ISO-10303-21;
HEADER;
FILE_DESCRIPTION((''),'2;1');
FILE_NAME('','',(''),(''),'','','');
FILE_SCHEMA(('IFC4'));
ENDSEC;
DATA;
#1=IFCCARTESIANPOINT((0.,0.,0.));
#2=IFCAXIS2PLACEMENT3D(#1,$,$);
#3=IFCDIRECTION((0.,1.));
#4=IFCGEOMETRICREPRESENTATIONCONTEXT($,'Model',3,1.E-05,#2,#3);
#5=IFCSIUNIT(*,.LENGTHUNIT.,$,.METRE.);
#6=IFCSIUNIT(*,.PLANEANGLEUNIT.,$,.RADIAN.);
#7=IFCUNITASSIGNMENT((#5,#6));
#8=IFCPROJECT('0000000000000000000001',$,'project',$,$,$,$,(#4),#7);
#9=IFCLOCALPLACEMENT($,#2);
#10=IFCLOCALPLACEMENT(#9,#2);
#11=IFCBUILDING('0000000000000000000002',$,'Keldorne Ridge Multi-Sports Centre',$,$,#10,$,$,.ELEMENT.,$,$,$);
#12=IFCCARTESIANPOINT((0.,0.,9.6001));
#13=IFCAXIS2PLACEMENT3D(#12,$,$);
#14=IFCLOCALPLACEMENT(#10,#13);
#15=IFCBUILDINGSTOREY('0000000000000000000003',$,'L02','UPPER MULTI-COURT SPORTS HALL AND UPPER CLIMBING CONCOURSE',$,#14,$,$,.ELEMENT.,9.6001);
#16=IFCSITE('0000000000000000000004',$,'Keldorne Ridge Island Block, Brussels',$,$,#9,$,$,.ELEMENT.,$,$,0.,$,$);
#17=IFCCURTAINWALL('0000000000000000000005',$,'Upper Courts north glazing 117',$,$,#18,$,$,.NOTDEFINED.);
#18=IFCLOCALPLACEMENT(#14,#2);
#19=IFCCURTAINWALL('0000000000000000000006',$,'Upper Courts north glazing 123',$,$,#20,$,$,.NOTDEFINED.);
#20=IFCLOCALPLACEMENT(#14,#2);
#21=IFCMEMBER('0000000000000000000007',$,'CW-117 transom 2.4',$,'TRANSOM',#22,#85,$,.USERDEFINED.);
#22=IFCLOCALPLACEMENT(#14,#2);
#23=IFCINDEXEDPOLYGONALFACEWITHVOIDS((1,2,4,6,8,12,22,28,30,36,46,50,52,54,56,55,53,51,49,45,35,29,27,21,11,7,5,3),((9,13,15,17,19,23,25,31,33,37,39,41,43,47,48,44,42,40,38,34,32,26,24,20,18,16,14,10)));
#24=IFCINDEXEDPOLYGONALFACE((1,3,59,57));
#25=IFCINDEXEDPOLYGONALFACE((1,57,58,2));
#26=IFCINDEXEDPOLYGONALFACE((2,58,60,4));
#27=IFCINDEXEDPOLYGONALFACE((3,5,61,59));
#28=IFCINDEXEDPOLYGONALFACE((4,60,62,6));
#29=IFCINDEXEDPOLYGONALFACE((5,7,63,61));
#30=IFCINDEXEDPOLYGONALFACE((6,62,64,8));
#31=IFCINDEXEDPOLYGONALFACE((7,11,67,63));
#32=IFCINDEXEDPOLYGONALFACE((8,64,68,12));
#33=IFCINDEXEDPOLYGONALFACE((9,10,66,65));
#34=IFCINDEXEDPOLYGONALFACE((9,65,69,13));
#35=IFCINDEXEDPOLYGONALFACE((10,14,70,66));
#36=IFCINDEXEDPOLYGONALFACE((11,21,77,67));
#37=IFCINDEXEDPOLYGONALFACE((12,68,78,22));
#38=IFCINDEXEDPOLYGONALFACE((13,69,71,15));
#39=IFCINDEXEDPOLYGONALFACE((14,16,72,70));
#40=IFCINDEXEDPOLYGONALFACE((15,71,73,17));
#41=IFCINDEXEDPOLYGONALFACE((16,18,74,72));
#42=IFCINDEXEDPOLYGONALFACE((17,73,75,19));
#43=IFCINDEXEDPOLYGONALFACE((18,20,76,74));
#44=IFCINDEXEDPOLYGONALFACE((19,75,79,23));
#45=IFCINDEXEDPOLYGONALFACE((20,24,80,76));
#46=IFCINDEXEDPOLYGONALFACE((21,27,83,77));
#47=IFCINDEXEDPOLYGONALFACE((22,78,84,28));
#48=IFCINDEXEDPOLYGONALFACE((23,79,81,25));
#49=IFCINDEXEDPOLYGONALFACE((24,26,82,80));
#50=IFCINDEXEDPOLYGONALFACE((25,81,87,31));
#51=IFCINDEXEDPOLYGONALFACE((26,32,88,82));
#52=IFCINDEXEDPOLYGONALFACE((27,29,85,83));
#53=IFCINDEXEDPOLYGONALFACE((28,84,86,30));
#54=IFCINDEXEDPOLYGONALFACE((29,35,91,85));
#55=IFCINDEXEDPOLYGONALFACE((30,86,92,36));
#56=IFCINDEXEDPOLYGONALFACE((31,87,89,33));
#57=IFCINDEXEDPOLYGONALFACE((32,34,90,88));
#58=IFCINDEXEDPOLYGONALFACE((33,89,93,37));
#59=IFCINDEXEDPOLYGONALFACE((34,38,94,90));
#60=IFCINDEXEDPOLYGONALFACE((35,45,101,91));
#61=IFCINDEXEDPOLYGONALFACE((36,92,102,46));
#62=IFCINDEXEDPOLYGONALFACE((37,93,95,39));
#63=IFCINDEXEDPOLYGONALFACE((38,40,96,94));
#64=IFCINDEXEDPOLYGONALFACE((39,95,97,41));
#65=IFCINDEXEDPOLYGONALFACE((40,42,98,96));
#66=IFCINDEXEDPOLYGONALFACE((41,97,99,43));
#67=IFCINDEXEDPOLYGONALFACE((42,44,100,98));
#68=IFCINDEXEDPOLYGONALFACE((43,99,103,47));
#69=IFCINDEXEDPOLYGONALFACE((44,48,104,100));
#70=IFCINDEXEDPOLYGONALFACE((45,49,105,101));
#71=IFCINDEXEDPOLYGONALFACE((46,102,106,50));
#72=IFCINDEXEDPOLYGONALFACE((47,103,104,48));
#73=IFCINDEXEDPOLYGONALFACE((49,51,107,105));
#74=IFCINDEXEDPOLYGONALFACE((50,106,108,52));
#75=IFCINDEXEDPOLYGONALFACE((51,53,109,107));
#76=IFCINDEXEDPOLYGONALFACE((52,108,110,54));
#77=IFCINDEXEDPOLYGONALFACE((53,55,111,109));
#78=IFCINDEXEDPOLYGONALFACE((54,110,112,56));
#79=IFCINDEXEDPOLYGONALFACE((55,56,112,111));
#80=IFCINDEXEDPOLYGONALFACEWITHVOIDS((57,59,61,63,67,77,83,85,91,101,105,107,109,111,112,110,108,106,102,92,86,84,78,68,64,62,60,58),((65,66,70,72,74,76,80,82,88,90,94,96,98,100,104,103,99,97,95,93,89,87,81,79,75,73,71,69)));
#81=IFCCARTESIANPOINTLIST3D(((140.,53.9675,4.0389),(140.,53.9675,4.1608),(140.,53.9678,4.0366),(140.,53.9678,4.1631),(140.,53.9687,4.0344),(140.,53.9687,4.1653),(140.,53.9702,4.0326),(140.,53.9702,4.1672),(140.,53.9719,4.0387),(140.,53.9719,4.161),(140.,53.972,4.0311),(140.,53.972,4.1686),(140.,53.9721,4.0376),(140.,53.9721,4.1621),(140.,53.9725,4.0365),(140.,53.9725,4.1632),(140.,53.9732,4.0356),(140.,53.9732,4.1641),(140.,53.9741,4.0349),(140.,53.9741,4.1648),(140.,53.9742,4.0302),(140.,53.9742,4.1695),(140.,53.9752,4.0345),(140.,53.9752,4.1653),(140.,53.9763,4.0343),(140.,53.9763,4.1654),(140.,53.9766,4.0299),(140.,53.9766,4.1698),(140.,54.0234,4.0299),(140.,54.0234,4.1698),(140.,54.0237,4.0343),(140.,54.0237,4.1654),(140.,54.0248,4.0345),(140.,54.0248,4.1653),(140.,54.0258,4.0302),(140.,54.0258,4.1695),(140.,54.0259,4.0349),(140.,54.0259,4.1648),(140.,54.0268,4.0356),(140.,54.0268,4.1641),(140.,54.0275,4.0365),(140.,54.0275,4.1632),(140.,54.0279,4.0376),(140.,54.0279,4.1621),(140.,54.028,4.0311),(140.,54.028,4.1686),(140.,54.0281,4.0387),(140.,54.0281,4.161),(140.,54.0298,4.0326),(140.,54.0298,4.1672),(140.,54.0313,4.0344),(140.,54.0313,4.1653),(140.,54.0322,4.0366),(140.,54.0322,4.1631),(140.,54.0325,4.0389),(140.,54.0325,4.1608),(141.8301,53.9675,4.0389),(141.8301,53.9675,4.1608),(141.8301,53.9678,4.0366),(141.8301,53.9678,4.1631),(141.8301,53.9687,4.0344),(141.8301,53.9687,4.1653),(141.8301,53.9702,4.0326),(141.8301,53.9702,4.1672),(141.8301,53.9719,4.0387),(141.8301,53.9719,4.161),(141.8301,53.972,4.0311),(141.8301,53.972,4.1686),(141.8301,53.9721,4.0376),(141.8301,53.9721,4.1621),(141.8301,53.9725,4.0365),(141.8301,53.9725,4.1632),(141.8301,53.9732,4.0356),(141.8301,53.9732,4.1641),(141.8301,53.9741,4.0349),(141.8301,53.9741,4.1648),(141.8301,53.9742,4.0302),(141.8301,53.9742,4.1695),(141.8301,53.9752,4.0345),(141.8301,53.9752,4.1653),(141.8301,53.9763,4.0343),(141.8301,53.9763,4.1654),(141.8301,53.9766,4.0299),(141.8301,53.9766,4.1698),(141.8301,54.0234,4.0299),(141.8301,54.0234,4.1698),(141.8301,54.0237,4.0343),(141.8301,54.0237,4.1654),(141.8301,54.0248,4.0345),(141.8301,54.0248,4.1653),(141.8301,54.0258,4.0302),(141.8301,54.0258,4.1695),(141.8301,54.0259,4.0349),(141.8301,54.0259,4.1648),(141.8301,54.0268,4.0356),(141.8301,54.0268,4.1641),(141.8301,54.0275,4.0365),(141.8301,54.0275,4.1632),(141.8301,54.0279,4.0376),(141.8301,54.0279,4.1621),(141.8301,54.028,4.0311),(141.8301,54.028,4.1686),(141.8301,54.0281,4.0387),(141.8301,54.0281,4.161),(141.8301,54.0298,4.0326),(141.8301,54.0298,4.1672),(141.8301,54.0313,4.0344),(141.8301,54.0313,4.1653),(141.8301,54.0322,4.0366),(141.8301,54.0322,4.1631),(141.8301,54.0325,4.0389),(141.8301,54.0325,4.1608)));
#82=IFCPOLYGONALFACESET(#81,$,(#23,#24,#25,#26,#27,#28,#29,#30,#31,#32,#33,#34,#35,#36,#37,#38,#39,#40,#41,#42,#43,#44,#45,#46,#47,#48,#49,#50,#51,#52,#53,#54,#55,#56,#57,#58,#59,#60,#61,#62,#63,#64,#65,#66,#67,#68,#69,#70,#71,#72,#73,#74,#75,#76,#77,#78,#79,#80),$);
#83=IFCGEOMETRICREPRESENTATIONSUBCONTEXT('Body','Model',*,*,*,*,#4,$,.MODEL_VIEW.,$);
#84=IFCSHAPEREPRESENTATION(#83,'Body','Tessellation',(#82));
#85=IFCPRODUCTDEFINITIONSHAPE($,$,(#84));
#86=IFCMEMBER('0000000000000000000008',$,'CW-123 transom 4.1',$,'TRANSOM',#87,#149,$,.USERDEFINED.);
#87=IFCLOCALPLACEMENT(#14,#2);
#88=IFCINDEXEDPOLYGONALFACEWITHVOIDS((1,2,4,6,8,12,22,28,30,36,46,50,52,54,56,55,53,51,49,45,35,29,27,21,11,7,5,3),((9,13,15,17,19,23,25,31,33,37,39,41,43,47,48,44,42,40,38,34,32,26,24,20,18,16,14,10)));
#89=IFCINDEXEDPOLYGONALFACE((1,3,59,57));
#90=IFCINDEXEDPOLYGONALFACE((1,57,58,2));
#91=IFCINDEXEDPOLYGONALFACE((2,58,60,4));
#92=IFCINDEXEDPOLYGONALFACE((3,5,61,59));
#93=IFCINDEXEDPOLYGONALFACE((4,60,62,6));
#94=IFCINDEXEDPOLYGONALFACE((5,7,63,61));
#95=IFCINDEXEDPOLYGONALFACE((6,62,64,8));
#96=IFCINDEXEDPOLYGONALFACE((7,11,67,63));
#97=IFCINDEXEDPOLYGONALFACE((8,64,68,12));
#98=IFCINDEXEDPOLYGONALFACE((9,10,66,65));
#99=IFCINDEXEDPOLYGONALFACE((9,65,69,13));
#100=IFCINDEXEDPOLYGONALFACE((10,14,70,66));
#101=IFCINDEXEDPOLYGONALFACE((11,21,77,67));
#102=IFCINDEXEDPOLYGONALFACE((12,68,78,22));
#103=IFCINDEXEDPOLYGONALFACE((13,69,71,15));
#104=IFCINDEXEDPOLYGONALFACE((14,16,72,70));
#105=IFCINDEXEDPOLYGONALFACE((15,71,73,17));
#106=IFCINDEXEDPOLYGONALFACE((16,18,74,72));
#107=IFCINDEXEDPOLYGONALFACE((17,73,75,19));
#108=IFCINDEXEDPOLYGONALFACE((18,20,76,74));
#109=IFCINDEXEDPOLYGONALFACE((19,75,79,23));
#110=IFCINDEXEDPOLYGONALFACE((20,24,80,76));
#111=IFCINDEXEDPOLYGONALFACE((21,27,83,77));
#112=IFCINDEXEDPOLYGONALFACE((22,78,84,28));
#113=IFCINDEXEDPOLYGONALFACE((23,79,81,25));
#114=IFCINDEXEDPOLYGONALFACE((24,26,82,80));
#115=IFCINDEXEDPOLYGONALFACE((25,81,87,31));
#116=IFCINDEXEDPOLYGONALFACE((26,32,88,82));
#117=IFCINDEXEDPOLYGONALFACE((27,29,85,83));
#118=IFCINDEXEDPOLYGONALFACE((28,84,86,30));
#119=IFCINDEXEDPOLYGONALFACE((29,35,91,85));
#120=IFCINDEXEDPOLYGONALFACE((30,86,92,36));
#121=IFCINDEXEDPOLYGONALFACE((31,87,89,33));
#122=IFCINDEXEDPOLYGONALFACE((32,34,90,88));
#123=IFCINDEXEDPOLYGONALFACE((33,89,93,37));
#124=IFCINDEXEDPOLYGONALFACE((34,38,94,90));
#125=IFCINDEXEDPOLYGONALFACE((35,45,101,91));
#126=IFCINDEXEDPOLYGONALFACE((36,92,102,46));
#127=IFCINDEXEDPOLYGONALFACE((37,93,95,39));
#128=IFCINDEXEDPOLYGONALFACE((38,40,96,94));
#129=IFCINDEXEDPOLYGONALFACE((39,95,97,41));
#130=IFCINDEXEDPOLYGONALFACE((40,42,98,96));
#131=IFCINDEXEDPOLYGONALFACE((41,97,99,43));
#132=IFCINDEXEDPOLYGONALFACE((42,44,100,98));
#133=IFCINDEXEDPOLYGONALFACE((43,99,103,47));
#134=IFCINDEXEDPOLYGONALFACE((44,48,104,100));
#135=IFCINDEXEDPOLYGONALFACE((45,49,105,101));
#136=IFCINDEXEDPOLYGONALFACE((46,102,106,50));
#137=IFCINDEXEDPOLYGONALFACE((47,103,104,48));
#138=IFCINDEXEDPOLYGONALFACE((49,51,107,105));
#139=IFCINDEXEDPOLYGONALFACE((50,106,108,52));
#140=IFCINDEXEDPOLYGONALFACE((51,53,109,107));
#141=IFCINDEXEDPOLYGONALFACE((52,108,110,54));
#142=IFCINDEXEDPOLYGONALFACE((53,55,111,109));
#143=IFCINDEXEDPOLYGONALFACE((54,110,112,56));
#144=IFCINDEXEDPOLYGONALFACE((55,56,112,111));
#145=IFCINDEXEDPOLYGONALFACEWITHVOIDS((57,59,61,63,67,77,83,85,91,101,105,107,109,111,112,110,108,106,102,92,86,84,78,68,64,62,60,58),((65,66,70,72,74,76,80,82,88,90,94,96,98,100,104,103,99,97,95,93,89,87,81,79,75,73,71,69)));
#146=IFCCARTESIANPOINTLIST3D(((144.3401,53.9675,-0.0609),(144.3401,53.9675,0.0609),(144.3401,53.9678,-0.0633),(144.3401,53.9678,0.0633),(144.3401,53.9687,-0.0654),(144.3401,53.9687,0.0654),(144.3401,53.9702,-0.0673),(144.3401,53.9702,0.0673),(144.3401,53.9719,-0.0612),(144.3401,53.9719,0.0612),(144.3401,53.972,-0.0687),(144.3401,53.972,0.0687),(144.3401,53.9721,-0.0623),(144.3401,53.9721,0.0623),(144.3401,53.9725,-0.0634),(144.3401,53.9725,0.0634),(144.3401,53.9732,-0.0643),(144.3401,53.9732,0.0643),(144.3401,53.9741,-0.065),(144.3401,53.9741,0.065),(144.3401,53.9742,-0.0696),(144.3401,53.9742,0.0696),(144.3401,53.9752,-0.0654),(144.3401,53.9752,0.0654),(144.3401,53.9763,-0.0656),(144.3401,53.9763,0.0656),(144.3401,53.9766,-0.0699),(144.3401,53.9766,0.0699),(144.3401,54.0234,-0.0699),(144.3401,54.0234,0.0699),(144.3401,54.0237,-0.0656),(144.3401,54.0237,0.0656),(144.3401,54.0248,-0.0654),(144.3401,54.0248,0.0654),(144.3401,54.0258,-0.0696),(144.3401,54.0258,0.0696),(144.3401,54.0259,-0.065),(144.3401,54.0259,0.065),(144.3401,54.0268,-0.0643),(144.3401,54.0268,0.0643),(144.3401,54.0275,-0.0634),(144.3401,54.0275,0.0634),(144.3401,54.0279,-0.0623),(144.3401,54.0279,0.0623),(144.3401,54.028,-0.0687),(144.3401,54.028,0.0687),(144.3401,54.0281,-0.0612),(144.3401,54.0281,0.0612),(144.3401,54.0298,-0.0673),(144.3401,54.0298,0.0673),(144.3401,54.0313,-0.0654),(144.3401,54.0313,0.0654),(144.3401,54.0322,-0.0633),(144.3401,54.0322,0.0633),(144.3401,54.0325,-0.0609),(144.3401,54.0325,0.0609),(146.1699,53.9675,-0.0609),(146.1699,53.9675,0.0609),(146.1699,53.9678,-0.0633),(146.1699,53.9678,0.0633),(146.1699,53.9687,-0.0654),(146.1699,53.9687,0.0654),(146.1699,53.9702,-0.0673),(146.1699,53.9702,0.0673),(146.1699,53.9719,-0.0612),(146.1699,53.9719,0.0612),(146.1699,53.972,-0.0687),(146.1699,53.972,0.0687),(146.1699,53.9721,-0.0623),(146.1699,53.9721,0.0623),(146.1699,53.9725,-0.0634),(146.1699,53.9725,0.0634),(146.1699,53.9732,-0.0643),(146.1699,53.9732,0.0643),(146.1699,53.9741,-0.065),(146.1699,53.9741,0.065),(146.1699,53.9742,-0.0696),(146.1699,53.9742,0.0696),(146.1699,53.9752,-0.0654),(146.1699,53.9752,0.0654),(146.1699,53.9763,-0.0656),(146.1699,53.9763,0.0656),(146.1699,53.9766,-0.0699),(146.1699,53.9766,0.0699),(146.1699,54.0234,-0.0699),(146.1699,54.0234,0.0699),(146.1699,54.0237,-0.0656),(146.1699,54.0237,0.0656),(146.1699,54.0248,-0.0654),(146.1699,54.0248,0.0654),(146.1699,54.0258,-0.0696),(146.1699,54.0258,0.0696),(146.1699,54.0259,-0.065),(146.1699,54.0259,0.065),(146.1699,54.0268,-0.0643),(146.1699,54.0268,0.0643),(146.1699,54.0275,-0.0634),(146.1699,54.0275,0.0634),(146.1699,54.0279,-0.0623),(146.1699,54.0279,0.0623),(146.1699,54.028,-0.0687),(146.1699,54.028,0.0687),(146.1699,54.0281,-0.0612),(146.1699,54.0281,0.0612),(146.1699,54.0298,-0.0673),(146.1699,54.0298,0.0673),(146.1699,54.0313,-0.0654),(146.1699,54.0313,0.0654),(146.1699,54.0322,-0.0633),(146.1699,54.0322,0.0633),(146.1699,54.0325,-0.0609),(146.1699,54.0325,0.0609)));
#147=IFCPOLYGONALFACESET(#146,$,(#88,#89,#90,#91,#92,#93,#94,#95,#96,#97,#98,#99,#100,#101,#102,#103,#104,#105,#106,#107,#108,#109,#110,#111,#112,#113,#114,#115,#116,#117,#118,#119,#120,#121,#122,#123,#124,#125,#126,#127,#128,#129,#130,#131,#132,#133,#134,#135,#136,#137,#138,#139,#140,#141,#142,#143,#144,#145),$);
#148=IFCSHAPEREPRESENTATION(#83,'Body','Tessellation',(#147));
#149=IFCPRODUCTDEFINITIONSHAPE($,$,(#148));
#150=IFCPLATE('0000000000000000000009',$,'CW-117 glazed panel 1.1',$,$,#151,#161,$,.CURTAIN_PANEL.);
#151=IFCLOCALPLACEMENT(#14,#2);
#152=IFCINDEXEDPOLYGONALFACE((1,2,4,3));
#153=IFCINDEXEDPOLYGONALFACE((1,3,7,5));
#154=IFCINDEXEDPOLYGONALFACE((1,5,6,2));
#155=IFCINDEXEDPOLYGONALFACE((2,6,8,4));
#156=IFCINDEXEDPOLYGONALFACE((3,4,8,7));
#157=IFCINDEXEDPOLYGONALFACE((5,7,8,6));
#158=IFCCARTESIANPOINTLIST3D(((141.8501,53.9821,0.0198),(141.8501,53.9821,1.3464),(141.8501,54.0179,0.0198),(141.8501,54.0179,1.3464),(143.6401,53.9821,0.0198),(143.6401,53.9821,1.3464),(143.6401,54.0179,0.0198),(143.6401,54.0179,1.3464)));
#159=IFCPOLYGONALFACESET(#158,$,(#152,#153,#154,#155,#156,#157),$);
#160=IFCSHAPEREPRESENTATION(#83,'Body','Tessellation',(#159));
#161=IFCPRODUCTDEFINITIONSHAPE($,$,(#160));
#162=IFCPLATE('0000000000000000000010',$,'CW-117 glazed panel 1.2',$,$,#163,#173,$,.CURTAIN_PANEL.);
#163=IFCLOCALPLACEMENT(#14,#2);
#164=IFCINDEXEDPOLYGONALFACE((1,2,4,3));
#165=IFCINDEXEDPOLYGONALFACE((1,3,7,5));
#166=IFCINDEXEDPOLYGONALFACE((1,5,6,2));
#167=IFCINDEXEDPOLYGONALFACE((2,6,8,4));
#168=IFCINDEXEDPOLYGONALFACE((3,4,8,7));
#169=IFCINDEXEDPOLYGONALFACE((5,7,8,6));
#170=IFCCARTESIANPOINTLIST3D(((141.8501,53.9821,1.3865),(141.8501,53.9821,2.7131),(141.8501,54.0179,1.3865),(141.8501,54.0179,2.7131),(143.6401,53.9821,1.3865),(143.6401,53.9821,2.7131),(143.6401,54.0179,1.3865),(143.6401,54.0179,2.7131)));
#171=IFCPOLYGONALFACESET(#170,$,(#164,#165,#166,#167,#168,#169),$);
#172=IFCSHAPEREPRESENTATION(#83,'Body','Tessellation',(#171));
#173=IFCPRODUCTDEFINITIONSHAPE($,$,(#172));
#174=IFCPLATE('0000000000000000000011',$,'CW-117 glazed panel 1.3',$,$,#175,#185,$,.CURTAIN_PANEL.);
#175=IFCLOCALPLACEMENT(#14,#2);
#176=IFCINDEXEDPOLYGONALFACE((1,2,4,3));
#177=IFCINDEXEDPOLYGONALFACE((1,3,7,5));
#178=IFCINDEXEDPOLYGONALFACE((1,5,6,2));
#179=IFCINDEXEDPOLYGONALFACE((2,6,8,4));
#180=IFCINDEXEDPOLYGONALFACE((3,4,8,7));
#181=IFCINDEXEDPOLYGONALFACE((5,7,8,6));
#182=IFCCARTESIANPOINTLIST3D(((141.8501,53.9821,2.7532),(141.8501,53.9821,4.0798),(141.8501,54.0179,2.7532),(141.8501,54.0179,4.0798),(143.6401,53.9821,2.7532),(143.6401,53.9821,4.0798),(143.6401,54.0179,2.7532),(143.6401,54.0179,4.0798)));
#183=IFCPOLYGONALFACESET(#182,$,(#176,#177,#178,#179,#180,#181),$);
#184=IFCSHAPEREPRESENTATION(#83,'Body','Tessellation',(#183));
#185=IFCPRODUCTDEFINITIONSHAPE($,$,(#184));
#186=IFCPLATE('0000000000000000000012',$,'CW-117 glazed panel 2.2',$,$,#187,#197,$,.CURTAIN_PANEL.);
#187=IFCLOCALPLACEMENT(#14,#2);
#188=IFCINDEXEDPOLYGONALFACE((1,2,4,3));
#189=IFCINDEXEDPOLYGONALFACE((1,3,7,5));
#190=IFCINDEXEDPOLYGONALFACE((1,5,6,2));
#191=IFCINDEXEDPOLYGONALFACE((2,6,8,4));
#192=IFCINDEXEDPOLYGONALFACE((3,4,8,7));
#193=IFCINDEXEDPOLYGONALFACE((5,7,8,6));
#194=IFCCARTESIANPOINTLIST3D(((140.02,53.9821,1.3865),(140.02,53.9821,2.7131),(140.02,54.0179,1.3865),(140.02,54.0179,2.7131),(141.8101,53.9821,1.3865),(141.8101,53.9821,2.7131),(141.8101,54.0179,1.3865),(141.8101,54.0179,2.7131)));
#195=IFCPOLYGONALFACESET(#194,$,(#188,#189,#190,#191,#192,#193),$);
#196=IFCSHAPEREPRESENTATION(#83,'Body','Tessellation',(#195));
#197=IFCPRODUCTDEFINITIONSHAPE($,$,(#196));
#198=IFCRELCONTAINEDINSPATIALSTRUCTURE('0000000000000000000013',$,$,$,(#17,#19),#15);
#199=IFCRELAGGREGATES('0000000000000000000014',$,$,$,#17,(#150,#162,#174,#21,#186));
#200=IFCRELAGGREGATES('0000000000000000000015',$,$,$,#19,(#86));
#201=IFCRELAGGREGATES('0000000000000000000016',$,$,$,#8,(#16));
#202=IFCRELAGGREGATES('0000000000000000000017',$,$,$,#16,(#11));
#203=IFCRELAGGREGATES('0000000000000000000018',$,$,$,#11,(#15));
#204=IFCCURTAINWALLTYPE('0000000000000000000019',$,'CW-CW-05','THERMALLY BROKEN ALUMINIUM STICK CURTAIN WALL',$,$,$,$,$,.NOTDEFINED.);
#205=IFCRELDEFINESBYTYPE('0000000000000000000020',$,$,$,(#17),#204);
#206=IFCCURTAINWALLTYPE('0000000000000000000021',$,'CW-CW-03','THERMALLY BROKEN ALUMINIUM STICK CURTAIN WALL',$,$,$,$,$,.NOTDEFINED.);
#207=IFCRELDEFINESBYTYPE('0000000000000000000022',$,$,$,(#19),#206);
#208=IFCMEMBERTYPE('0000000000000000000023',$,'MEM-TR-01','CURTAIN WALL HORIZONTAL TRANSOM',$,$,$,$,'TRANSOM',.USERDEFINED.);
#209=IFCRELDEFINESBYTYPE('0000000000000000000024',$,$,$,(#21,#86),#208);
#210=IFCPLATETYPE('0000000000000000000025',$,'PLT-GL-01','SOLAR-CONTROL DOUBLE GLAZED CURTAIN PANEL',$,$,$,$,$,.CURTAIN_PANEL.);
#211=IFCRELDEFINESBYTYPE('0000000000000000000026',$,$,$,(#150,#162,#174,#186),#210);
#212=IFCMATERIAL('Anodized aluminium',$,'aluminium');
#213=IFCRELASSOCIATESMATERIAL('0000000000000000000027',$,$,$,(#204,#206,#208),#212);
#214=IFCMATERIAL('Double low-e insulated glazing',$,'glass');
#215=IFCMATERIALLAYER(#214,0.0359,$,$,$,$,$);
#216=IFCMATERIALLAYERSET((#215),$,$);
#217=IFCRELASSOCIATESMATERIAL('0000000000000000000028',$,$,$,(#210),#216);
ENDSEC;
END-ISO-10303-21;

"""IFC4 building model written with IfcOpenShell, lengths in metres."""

from ifc_helpers import new_model, si_unit, direction, frame, origin, origin_2d, place, context, subcontext, project, spatial, rectangle, hollow_rectangle, extrude, material, layer, layer_set, material_profile, profile_set, type_object, element, aggregate, save


model = new_model("IFC4")

# Units and contexts
model_context = context("Model", 3, precision=1e-05, world=origin(), true_north=direction((0.0, 1.0)))
body_context = subcontext(model_context, "Body", "Model", "MODEL_VIEW")
ifc_project = project(units=[si_unit("LENGTHUNIT", "METRE"), si_unit("PLANEANGLEUNIT", "RADIAN")], contexts=[model_context])

# Site, building, storey
site_placement = place(None, origin())
site = spatial("IfcSite", under=ifc_project, at=site_placement, Name="Keldorne Ridge Island Block, Brussels", CompositionType="ELEMENT", RefElevation=0.0)
building_placement = place(site_placement, origin())
building = spatial("IfcBuilding", under=site, at=building_placement, Name="Keldorne Ridge Multi-Sports Centre", CompositionType="ELEMENT")
storey_placement = place(building_placement, frame((0.0, 0.0, 9.6001)))
storey = spatial("IfcBuildingStorey", under=building, at=storey_placement, Name="L02", Description="UPPER MULTI-COURT SPORTS HALL AND UPPER CLIMBING CONCOURSE", CompositionType="ELEMENT", Elevation=9.6001)

# Curtain walls
ifc_material_1 = material(Name="Anodized aluminium", Category="aluminium")
curtain_wall_type_1 = type_object("IfcCurtainWallType", Name="CW-CW-05", Description="THERMALLY BROKEN ALUMINIUM STICK CURTAIN WALL", PredefinedType="NOTDEFINED", material=ifc_material_1)
curtain_wall_1_placement = place(storey_placement, origin())
curtain_wall_1 = element("IfcCurtainWall", 1, at=curtain_wall_1_placement, inside=storey, type_object=curtain_wall_type_1, Name="Upper Courts north glazing 117", PredefinedType="NOTDEFINED")
curtain_wall_type_2 = type_object("IfcCurtainWallType", Name="CW-CW-03", Description="THERMALLY BROKEN ALUMINIUM STICK CURTAIN WALL", PredefinedType="NOTDEFINED", material=ifc_material_1)
curtain_wall_2_placement = place(storey_placement, origin())
curtain_wall_2 = element("IfcCurtainWall", 2, at=curtain_wall_2_placement, inside=storey, type_object=curtain_wall_type_2, Name="Upper Courts north glazing 123", PredefinedType="NOTDEFINED")

# Members
ifc_material_profile_1 = material_profile(ifc_material_1, hollow_rectangle(XDim=0.0649, YDim=0.1399, WallThickness=0.0044, InnerFilletRadius=0.0044, OuterFilletRadius=0.009, at=origin_2d()), Name="ALU TRANSOM 140x65x4.5")
ifc_profile_set_1 = profile_set([ifc_material_profile_1], Name="Anodized aluminium")
member_type_1 = type_object("IfcMemberType", Name="MEM-TR-01", Description="CURTAIN WALL HORIZONTAL TRANSOM", ElementType="TRANSOM", PredefinedType="USERDEFINED", material=ifc_profile_set_1)
member_1_placement = place(storey_placement, frame((141.8301, 54.0, 4.0999), z_axis=(-1.0, 0.0, 0.0), x_axis=(0.0, -1.0, 0.0)))
member_1 = element("IfcMember", 3, at=member_1_placement, type_object=member_type_1, Name="CW-117 transom 2.4", ObjectType="TRANSOM", PredefinedType="USERDEFINED", context=body_context, shape_type="SweptSolid", body=[
    extrude(hollow_rectangle(XDim=0.0649, YDim=0.1399, WallThickness=0.0044, InnerFilletRadius=0.0044, OuterFilletRadius=0.009, at=origin_2d()), origin(), (0.0, 0.0, 1.0), 1.8301),
])
member_2_placement = place(storey_placement, frame((146.1699, 54.0, 0.0), z_axis=(-1.0, 0.0, 0.0), x_axis=(0.0, -1.0, 0.0)))
member_2 = element("IfcMember", 4, at=member_2_placement, type_object=member_type_1, Name="CW-123 transom 4.1", ObjectType="TRANSOM", PredefinedType="USERDEFINED", context=body_context, shape_type="SweptSolid", body=[
    extrude(hollow_rectangle(XDim=0.0649, YDim=0.1399, WallThickness=0.0044, InnerFilletRadius=0.0044, OuterFilletRadius=0.009, at=origin_2d()), origin(), (0.0, 0.0, 1.0), 1.8298),
])

# Plates
ifc_material_2 = material(Name="Double low-e insulated glazing", Category="glass")
ifc_layer = layer(ifc_material_2, 0.0359)
ifc_layer_set = layer_set([ifc_layer])
plate_type = type_object("IfcPlateType", Name="PLT-GL-01", Description="SOLAR-CONTROL DOUBLE GLAZED CURTAIN PANEL", PredefinedType="CURTAIN_PANEL", material=ifc_layer_set)
plate_1_placement = place(storey_placement, frame((142.7451, 54.0, 0.0198), z_axis=(0.0, 0.0, 1.0), x_axis=(-1.0, 0.0, 0.0)))
plate_1 = element("IfcPlate", 5, at=plate_1_placement, type_object=plate_type, Name="CW-117 glazed panel 1.1", PredefinedType="CURTAIN_PANEL", context=body_context, shape_type="SweptSolid", body=[
    extrude(rectangle(XDim=1.79, YDim=0.0359, at=origin_2d()), origin(), (0.0, 0.0, 1.0), 1.3267),
])
plate_2_placement = place(storey_placement, frame((142.7451, 54.0, 1.3865), z_axis=(0.0, 0.0, 1.0), x_axis=(-1.0, 0.0, 0.0)))
plate_2 = element("IfcPlate", 6, at=plate_2_placement, type_object=plate_type, Name="CW-117 glazed panel 1.2", PredefinedType="CURTAIN_PANEL", context=body_context, shape_type="SweptSolid", body=[
    extrude(rectangle(XDim=1.79, YDim=0.0359, at=origin_2d()), origin(), (0.0, 0.0, 1.0), 1.3267),
])
plate_3_placement = place(storey_placement, frame((142.7451, 54.0, 2.7532), z_axis=(0.0, 0.0, 1.0), x_axis=(-1.0, 0.0, 0.0)))
plate_3 = element("IfcPlate", 7, at=plate_3_placement, type_object=plate_type, Name="CW-117 glazed panel 1.3", PredefinedType="CURTAIN_PANEL", context=body_context, shape_type="SweptSolid", body=[
    extrude(rectangle(XDim=1.79, YDim=0.0359, at=origin_2d()), origin(), (0.0, 0.0, 1.0), 1.3267),
])
plate_4_placement = place(storey_placement, frame((140.915, 54.0, 1.3865), z_axis=(0.0, 0.0, 1.0), x_axis=(-1.0, 0.0, 0.0)))
plate_4 = element("IfcPlate", 8, at=plate_4_placement, type_object=plate_type, Name="CW-117 glazed panel 2.2", PredefinedType="CURTAIN_PANEL", context=body_context, shape_type="SweptSolid", body=[
    extrude(rectangle(XDim=1.79, YDim=0.0359, at=origin_2d()), origin(), (0.0, 0.0, 1.0), 1.3267),
])
aggregate(curtain_wall_1, [plate_1, plate_2, plate_3, member_1, plate_4])
aggregate(curtain_wall_2, [member_2])

save(model, "model.ifc")
